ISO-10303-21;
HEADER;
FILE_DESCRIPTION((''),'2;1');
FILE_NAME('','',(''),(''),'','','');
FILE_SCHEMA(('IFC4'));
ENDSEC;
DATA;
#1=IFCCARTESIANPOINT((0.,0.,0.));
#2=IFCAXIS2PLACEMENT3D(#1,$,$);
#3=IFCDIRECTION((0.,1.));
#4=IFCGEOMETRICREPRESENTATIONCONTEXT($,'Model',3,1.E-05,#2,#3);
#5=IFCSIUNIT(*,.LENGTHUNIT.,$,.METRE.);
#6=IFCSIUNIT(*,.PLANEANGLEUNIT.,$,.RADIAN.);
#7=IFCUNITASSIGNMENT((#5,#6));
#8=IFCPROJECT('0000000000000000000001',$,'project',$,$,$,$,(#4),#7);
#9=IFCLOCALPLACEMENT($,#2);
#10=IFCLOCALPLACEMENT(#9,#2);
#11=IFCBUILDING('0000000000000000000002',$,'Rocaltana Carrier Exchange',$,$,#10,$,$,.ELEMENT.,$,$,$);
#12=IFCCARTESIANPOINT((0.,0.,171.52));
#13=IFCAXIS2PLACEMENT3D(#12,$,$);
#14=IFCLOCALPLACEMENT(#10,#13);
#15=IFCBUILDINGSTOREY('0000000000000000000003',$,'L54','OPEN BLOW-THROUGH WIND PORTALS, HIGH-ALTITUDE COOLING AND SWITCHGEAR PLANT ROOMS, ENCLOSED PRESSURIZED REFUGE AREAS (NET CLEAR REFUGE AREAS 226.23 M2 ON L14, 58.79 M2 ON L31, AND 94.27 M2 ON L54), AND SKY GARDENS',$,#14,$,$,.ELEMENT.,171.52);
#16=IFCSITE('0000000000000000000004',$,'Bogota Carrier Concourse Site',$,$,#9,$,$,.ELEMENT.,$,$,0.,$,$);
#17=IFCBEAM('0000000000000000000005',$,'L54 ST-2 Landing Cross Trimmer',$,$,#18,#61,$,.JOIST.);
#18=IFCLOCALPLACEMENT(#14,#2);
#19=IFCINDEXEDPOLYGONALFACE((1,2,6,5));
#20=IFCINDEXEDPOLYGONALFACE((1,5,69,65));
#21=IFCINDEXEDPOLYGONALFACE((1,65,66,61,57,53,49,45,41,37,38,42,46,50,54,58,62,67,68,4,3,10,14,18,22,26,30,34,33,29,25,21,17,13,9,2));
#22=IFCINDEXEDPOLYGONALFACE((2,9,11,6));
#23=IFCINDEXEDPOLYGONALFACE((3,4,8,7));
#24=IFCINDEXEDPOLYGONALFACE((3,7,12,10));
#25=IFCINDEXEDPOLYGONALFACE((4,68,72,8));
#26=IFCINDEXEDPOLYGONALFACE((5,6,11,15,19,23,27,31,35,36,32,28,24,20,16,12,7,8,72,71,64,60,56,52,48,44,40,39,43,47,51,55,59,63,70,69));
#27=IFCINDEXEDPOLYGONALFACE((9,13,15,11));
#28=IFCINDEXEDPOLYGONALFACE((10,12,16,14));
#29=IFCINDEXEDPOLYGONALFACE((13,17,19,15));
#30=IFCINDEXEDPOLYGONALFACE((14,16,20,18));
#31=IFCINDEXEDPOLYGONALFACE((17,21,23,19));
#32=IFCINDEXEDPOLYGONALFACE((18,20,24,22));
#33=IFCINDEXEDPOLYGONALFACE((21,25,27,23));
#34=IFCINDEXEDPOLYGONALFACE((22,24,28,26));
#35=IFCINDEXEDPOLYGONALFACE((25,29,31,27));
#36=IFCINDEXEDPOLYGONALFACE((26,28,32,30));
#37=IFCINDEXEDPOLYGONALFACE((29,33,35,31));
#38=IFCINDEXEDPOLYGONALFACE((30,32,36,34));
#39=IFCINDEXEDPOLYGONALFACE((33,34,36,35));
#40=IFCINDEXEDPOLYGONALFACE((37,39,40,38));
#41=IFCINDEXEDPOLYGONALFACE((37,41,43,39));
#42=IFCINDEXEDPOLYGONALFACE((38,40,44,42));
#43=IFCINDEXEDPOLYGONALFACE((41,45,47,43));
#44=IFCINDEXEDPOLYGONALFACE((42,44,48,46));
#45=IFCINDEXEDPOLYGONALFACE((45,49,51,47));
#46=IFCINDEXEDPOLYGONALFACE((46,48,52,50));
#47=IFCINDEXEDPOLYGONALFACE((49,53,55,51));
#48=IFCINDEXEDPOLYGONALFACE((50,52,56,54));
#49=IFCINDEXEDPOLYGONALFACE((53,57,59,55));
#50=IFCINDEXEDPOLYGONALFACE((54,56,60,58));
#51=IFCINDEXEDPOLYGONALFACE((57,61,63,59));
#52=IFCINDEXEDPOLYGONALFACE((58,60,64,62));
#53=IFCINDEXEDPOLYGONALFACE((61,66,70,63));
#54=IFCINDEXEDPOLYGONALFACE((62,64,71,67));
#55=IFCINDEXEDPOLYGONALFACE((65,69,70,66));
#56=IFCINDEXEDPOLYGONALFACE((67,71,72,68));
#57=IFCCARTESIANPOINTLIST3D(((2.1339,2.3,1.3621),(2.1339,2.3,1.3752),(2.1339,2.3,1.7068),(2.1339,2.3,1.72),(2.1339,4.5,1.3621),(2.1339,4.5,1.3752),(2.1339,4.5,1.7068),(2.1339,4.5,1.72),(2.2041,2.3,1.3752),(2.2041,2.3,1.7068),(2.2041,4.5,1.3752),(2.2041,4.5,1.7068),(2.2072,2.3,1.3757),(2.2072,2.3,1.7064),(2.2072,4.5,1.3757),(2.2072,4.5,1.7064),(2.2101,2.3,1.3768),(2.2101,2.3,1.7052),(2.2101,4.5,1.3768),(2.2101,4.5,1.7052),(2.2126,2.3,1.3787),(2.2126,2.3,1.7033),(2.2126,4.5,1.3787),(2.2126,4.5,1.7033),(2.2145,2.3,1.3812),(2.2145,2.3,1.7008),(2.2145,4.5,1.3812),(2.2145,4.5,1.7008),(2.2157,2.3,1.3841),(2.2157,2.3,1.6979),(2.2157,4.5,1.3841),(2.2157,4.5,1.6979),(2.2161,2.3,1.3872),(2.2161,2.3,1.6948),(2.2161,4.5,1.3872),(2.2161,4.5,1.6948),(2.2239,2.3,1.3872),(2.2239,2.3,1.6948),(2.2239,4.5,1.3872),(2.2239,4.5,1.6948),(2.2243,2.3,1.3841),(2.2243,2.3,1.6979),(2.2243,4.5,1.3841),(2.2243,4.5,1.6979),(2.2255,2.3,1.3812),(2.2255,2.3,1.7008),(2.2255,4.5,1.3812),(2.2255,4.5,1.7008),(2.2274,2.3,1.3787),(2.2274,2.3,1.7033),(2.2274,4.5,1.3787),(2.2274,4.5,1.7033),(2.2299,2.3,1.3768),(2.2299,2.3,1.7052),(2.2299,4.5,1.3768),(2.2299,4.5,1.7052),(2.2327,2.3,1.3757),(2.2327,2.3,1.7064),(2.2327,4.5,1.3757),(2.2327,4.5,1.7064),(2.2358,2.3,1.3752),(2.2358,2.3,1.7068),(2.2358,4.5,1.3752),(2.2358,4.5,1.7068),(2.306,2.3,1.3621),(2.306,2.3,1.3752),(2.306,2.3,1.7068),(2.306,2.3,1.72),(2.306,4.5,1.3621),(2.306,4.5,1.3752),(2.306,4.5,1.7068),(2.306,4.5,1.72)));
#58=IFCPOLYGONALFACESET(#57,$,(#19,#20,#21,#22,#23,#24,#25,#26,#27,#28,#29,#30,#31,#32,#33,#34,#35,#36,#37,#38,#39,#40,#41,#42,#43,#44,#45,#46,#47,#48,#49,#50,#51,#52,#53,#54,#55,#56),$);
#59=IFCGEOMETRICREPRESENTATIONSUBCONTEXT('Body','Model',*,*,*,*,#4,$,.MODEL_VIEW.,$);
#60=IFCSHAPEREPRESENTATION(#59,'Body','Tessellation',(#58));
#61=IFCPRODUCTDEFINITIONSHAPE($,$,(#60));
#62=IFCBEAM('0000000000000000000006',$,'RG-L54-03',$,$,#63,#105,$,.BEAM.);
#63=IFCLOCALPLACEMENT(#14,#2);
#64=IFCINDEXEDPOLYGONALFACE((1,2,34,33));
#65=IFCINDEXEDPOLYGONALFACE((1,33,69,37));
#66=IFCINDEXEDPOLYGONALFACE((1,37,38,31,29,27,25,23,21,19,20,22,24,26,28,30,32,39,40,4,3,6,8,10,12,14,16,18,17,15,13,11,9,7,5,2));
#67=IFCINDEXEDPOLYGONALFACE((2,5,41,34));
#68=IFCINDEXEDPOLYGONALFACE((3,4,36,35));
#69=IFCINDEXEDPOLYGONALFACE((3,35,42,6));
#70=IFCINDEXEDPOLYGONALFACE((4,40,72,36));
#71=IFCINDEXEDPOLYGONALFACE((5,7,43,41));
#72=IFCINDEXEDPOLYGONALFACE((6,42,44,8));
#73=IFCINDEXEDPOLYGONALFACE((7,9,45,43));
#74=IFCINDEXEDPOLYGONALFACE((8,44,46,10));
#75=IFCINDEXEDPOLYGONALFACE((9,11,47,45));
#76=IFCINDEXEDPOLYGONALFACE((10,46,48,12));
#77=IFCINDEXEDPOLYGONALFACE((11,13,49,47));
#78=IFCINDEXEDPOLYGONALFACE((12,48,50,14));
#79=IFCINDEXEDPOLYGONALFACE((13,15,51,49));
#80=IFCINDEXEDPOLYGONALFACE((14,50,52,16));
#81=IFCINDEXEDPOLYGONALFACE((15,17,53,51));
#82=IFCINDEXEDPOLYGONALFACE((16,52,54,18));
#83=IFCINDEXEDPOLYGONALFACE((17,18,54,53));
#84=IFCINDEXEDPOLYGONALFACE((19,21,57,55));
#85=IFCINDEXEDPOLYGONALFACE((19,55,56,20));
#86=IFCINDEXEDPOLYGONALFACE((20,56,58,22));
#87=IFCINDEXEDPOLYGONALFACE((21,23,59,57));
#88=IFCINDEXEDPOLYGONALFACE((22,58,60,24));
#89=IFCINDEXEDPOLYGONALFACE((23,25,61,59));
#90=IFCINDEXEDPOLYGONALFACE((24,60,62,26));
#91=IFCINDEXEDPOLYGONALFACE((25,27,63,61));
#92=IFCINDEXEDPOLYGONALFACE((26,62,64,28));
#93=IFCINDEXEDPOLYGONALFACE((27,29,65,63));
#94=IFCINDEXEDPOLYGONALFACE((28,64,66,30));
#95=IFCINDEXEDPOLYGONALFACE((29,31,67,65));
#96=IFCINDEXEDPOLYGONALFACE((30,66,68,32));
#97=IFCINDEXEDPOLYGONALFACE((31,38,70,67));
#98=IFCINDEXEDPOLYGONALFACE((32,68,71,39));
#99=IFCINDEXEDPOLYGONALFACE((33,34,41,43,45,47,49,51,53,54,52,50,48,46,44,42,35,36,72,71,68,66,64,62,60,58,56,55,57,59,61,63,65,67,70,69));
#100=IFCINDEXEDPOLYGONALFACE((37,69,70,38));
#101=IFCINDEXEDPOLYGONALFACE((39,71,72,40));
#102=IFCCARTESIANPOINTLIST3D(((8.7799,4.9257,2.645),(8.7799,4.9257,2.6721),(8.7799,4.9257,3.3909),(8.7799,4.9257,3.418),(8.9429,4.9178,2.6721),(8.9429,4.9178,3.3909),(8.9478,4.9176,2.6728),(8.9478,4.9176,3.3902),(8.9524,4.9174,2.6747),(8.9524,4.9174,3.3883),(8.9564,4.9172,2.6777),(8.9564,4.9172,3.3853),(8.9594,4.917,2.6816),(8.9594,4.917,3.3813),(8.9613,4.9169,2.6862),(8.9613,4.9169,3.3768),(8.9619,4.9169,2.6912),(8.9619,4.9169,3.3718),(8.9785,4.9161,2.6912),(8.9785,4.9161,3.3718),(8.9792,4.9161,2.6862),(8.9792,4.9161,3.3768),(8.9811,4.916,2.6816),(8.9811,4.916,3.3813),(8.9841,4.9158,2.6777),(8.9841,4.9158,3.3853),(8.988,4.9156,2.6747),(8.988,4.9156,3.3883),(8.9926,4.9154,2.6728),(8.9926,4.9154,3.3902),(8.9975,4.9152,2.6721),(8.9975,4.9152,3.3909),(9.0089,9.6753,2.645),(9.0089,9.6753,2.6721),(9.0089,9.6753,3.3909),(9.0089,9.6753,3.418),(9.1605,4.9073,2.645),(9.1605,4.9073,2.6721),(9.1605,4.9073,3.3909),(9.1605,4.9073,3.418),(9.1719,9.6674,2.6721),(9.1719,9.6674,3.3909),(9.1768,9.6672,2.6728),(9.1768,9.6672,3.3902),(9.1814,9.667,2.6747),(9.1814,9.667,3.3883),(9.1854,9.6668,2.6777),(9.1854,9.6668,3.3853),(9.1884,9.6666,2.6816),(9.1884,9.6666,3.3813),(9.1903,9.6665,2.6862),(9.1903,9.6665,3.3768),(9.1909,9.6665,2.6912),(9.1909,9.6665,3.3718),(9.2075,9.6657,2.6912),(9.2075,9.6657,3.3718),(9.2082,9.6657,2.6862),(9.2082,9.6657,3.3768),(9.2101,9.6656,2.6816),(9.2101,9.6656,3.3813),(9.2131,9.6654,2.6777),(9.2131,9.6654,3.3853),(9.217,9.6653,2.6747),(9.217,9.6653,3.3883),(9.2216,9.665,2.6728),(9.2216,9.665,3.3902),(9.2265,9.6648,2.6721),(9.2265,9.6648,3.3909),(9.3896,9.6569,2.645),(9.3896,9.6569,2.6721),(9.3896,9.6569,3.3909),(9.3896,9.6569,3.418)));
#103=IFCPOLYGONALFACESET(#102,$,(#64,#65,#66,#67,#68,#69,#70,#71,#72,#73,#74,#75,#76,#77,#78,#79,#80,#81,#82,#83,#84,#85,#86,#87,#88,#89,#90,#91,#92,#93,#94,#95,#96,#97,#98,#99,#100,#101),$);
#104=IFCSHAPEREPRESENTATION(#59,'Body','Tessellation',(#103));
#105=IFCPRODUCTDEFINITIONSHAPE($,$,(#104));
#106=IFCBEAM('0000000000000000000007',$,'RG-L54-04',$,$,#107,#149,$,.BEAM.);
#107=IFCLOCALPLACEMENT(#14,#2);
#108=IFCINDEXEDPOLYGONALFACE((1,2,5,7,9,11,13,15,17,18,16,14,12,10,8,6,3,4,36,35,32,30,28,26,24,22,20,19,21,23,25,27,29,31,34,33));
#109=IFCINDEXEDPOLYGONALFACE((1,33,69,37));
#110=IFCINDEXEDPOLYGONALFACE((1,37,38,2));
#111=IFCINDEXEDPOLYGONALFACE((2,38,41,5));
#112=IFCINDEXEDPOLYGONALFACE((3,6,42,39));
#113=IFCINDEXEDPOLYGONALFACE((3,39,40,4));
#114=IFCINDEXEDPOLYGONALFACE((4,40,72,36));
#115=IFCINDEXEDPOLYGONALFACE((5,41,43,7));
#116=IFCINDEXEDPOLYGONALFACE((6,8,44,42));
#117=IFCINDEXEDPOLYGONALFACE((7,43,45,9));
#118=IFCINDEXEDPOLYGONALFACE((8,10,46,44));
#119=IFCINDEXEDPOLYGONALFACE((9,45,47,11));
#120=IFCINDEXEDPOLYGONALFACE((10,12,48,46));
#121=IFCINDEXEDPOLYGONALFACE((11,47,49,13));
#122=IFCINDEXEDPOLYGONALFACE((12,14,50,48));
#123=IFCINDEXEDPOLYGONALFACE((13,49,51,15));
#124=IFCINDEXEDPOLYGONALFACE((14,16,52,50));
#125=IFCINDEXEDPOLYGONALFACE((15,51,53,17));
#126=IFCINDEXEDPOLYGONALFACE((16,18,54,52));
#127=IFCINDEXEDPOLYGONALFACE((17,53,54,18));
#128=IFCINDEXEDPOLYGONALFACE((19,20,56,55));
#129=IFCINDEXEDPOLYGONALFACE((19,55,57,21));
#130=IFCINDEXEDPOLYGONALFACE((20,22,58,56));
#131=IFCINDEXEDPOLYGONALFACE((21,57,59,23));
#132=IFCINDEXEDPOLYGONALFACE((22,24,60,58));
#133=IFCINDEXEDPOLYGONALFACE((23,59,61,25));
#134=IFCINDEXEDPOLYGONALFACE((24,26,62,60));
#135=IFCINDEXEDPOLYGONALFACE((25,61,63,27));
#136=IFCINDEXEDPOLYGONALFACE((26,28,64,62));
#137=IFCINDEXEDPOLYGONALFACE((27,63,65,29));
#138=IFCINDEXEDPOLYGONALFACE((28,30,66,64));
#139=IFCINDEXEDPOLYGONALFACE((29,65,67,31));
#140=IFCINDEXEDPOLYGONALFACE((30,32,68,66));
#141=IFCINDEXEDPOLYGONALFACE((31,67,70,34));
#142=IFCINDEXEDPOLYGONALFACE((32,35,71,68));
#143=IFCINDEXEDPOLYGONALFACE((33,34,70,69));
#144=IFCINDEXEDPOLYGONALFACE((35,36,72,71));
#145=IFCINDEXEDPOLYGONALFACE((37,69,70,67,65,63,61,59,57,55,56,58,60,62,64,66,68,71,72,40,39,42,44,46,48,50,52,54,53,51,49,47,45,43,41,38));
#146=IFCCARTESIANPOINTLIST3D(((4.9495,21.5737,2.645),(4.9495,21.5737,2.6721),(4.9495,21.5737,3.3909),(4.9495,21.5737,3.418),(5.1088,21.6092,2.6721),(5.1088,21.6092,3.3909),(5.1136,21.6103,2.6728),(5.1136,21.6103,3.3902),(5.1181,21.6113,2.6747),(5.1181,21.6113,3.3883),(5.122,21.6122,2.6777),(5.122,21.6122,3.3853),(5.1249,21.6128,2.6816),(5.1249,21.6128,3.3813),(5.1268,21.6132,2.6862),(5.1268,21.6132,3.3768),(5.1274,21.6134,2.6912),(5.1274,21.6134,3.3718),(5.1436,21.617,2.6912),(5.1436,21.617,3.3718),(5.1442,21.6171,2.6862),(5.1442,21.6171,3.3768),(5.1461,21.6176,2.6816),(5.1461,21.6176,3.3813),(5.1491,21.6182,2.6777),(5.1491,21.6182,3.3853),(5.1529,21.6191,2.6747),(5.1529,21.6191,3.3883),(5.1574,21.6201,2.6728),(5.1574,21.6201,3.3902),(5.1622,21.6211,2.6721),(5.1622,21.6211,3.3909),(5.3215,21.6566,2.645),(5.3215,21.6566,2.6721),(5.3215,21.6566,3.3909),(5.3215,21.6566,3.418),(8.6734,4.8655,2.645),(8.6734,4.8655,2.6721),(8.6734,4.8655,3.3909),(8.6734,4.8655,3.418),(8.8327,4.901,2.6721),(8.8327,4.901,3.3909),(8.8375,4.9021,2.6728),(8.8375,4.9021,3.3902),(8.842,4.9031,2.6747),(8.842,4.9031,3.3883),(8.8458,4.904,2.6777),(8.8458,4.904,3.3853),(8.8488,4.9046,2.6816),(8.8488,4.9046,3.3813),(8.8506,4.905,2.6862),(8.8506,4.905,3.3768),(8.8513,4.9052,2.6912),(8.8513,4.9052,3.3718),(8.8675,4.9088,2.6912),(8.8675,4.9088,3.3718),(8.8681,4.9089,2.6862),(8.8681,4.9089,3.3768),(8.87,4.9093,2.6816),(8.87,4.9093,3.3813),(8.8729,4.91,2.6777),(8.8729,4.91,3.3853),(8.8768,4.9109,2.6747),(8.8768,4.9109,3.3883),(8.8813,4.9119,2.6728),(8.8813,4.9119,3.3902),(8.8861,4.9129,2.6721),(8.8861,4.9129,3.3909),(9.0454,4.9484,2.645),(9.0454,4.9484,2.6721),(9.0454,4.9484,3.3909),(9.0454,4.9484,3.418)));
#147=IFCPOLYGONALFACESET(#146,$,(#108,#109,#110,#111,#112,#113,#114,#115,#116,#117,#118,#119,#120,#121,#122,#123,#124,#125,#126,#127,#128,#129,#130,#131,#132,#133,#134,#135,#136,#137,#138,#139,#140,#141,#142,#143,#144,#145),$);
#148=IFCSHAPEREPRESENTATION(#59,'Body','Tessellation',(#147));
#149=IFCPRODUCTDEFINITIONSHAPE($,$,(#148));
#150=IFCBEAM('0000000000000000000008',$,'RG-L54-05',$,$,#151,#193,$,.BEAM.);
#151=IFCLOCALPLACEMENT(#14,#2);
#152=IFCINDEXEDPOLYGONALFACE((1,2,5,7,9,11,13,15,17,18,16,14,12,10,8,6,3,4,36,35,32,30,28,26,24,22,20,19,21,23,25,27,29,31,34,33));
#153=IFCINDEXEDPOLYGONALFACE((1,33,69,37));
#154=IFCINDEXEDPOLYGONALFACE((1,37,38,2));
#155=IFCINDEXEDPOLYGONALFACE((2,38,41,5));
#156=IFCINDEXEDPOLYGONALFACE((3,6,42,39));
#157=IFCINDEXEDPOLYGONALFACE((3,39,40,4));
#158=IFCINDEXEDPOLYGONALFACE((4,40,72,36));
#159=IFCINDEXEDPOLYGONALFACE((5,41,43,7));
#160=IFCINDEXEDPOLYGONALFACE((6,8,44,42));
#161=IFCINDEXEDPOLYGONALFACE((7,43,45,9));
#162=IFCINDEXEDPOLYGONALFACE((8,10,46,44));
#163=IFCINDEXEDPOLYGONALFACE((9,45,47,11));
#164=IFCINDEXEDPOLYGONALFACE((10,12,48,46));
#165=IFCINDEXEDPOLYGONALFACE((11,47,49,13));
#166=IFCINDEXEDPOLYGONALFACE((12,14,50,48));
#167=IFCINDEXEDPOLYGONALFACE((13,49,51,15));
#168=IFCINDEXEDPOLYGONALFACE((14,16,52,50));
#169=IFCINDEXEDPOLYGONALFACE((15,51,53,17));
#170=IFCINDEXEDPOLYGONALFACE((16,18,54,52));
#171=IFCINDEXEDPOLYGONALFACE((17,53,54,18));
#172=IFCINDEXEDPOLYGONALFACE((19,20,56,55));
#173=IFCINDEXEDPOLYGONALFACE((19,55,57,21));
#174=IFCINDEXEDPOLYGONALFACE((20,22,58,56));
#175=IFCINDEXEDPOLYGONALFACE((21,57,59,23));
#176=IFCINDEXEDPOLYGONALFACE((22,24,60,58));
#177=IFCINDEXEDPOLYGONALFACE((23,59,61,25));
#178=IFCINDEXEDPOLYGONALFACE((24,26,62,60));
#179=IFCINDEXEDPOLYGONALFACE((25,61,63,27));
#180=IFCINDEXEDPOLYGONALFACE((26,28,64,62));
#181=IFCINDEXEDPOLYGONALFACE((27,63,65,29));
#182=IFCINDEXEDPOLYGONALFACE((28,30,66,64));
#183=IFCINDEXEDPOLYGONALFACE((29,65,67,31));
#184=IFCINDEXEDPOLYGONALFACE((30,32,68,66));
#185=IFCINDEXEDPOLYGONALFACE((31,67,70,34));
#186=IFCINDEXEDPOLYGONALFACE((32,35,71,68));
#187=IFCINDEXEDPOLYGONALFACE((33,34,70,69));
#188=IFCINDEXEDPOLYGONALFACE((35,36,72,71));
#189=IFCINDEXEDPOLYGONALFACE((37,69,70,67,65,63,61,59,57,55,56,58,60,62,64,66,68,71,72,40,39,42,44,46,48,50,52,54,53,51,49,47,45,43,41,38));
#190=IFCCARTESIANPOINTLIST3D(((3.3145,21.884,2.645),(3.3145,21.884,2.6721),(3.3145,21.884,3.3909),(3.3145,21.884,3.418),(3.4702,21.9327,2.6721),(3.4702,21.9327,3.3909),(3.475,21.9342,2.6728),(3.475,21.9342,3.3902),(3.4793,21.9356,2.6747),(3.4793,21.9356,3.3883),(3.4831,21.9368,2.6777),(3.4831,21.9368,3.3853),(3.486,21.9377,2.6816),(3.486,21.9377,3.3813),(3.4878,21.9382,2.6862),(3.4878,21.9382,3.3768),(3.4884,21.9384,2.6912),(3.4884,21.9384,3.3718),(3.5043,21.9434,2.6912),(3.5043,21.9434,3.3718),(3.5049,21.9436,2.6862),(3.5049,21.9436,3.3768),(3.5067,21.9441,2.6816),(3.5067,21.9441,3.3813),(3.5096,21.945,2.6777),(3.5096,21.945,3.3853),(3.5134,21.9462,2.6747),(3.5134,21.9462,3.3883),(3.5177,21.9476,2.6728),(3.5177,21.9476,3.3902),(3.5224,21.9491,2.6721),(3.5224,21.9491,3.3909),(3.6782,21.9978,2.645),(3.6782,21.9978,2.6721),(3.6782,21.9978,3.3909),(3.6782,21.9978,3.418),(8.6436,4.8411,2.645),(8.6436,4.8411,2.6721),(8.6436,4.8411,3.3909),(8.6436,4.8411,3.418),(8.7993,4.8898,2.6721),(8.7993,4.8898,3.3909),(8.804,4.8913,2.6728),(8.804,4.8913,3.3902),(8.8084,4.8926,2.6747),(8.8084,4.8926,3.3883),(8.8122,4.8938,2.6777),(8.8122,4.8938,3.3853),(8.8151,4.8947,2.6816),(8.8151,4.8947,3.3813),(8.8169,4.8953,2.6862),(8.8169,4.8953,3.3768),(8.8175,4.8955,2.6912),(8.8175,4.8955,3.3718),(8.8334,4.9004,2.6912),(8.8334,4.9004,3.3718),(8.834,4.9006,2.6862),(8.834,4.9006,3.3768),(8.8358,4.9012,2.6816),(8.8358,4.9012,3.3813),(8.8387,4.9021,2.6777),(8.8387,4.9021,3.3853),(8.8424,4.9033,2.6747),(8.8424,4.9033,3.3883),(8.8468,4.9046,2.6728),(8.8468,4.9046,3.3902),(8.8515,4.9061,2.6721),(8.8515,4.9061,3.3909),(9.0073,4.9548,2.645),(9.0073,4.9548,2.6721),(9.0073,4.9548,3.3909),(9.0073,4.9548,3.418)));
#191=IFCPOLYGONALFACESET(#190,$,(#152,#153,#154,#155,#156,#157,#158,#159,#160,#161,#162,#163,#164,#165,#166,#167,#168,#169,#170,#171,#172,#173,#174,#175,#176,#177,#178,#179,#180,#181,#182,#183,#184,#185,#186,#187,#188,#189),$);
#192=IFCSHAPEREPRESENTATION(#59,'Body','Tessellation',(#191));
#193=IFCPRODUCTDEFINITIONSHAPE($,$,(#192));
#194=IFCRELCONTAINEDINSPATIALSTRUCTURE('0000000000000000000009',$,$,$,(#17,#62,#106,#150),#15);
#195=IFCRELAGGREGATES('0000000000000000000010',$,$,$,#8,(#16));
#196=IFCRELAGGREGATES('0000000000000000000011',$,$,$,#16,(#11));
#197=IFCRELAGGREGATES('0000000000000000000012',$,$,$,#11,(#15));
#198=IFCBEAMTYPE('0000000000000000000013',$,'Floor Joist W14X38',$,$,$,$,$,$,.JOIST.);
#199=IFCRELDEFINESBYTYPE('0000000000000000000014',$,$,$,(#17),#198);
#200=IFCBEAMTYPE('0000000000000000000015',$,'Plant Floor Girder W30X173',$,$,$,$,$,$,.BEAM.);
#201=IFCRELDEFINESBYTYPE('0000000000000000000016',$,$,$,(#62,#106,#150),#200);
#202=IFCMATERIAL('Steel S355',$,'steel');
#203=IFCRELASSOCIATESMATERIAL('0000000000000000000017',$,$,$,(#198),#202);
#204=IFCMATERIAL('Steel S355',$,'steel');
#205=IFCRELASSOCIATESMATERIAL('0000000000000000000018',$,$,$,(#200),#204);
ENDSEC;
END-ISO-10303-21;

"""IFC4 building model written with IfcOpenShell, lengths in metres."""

from ifc_helpers import new_model, si_unit, direction, frame, origin, origin_2d, place, context, subcontext, project, spatial, i_section, extrude, material, material_profile, profile_set, type_object, element, save


model = new_model("IFC4")

# Units and contexts
model_context = context("Model", 3, precision=1e-05, world=origin(), true_north=direction((0.0, 1.0)))
body_context = subcontext(model_context, "Body", "Model", "MODEL_VIEW")
ifc_project = project(units=[si_unit("LENGTHUNIT", "METRE"), si_unit("PLANEANGLEUNIT", "RADIAN")], contexts=[model_context])

# Site, building, storey
site_placement = place(None, origin())
site = spatial("IfcSite", under=ifc_project, at=site_placement, Name="Bogota Carrier Concourse Site", CompositionType="ELEMENT", RefElevation=0.0)
building_placement = place(site_placement, origin())
building = spatial("IfcBuilding", under=site, at=building_placement, Name="Rocaltana Carrier Exchange", CompositionType="ELEMENT")
storey_placement = place(building_placement, frame((0.0, 0.0, 171.52)))
storey = spatial("IfcBuildingStorey", under=building, at=storey_placement, Name="L54", Description="OPEN BLOW-THROUGH WIND PORTALS, HIGH-ALTITUDE COOLING AND SWITCHGEAR PLANT ROOMS, ENCLOSED PRESSURIZED REFUGE AREAS (NET CLEAR REFUGE AREAS 226.23 M2 ON L14, 58.79 M2 ON L31, AND 94.27 M2 ON L54), AND SKY GARDENS", CompositionType="ELEMENT", Elevation=171.52)

# Beams
ifc_material_1 = material(Name="Steel S355", Category="steel")
ifc_material_profile_1 = material_profile(ifc_material_1, i_section(OverallWidth=0.1721, OverallDepth=0.3579, WebThickness=0.0078, FlangeThickness=0.0132, FilletRadius=0.012, at=origin_2d()), Name="W14X38")
ifc_profile_set_1 = profile_set([ifc_material_profile_1], Name="Steel S355")
beam_type_1 = type_object("IfcBeamType", Name="Floor Joist W14X38", PredefinedType="JOIST", material=ifc_profile_set_1)
beam_1_placement = place(storey_placement, frame((2.22, 2.3, 1.541), z_axis=(0.0, 1.0, 0.0), x_axis=(-1.0, 0.0, 0.0)))
element("IfcBeam", 1, at=beam_1_placement, inside=storey, type_object=beam_type_1, Name="L54 ST-2 Landing Cross Trimmer", PredefinedType="JOIST", context=body_context, shape_type="SweptSolid", body=[
    extrude(i_section(OverallWidth=0.1721, OverallDepth=0.3579, WebThickness=0.0078, FlangeThickness=0.0132, FilletRadius=0.012, at=origin_2d()), origin(), (0.0, 0.0, 1.0), 2.2),
])
ifc_material_2 = material(Name="Steel S355", Category="steel")
ifc_material_profile_2 = material_profile(ifc_material_2, i_section(OverallWidth=0.3811, OverallDepth=0.7729, WebThickness=0.0166, FlangeThickness=0.0271, FilletRadius=0.019, at=origin_2d()), Name="W30X173")
ifc_profile_set_2 = profile_set([ifc_material_profile_2], Name="Steel S355")
beam_type_2 = type_object("IfcBeamType", Name="Plant Floor Girder W30X173", PredefinedType="BEAM", material=ifc_profile_set_2)
beam_2_placement = place(storey_placement, frame((8.9702, 4.9165, 3.0315), z_axis=(0.04816, 0.99884, 0.0), x_axis=(-0.99884, 0.04816, 0.0)))
element("IfcBeam", 2, at=beam_2_placement, inside=storey, type_object=beam_type_2, Name="RG-L54-03", PredefinedType="BEAM", context=body_context, shape_type="SweptSolid", body=[
    extrude(i_section(OverallWidth=0.3811, OverallDepth=0.7729, WebThickness=0.0166, FlangeThickness=0.0271, FilletRadius=0.019, at=origin_2d()), origin(), (0.0, 0.0, 1.0), 4.7551),
])
beam_3_placement = place(storey_placement, frame((8.8594, 4.907, 3.0315), z_axis=(-0.217539, 0.976052, 0.0), x_axis=(-0.976052, -0.217539, 0.0)))
element("IfcBeam", 3, at=beam_3_placement, inside=storey, type_object=beam_type_2, Name="RG-L54-04", PredefinedType="BEAM", context=body_context, shape_type="SweptSolid", body=[
    extrude(i_section(OverallWidth=0.3811, OverallDepth=0.7729, WebThickness=0.0166, FlangeThickness=0.0271, FilletRadius=0.019, at=origin_2d()), origin(), (0.0, 0.0, 1.0), 17.1182),
])
beam_4_placement = place(storey_placement, frame((8.8254, 4.8979, 3.0315), z_axis=(-0.298437, 0.954429, 0.0), x_axis=(-0.954429, -0.298437, 0.0)))
element("IfcBeam", 4, at=beam_4_placement, inside=storey, type_object=beam_type_2, Name="RG-L54-05", PredefinedType="BEAM", context=body_context, shape_type="SweptSolid", body=[
    extrude(i_section(OverallWidth=0.3811, OverallDepth=0.7729, WebThickness=0.0166, FlangeThickness=0.0271, FilletRadius=0.019, at=origin_2d()), origin(), (0.0, 0.0, 1.0), 17.8567),
])

save(model, "model.ifc")
